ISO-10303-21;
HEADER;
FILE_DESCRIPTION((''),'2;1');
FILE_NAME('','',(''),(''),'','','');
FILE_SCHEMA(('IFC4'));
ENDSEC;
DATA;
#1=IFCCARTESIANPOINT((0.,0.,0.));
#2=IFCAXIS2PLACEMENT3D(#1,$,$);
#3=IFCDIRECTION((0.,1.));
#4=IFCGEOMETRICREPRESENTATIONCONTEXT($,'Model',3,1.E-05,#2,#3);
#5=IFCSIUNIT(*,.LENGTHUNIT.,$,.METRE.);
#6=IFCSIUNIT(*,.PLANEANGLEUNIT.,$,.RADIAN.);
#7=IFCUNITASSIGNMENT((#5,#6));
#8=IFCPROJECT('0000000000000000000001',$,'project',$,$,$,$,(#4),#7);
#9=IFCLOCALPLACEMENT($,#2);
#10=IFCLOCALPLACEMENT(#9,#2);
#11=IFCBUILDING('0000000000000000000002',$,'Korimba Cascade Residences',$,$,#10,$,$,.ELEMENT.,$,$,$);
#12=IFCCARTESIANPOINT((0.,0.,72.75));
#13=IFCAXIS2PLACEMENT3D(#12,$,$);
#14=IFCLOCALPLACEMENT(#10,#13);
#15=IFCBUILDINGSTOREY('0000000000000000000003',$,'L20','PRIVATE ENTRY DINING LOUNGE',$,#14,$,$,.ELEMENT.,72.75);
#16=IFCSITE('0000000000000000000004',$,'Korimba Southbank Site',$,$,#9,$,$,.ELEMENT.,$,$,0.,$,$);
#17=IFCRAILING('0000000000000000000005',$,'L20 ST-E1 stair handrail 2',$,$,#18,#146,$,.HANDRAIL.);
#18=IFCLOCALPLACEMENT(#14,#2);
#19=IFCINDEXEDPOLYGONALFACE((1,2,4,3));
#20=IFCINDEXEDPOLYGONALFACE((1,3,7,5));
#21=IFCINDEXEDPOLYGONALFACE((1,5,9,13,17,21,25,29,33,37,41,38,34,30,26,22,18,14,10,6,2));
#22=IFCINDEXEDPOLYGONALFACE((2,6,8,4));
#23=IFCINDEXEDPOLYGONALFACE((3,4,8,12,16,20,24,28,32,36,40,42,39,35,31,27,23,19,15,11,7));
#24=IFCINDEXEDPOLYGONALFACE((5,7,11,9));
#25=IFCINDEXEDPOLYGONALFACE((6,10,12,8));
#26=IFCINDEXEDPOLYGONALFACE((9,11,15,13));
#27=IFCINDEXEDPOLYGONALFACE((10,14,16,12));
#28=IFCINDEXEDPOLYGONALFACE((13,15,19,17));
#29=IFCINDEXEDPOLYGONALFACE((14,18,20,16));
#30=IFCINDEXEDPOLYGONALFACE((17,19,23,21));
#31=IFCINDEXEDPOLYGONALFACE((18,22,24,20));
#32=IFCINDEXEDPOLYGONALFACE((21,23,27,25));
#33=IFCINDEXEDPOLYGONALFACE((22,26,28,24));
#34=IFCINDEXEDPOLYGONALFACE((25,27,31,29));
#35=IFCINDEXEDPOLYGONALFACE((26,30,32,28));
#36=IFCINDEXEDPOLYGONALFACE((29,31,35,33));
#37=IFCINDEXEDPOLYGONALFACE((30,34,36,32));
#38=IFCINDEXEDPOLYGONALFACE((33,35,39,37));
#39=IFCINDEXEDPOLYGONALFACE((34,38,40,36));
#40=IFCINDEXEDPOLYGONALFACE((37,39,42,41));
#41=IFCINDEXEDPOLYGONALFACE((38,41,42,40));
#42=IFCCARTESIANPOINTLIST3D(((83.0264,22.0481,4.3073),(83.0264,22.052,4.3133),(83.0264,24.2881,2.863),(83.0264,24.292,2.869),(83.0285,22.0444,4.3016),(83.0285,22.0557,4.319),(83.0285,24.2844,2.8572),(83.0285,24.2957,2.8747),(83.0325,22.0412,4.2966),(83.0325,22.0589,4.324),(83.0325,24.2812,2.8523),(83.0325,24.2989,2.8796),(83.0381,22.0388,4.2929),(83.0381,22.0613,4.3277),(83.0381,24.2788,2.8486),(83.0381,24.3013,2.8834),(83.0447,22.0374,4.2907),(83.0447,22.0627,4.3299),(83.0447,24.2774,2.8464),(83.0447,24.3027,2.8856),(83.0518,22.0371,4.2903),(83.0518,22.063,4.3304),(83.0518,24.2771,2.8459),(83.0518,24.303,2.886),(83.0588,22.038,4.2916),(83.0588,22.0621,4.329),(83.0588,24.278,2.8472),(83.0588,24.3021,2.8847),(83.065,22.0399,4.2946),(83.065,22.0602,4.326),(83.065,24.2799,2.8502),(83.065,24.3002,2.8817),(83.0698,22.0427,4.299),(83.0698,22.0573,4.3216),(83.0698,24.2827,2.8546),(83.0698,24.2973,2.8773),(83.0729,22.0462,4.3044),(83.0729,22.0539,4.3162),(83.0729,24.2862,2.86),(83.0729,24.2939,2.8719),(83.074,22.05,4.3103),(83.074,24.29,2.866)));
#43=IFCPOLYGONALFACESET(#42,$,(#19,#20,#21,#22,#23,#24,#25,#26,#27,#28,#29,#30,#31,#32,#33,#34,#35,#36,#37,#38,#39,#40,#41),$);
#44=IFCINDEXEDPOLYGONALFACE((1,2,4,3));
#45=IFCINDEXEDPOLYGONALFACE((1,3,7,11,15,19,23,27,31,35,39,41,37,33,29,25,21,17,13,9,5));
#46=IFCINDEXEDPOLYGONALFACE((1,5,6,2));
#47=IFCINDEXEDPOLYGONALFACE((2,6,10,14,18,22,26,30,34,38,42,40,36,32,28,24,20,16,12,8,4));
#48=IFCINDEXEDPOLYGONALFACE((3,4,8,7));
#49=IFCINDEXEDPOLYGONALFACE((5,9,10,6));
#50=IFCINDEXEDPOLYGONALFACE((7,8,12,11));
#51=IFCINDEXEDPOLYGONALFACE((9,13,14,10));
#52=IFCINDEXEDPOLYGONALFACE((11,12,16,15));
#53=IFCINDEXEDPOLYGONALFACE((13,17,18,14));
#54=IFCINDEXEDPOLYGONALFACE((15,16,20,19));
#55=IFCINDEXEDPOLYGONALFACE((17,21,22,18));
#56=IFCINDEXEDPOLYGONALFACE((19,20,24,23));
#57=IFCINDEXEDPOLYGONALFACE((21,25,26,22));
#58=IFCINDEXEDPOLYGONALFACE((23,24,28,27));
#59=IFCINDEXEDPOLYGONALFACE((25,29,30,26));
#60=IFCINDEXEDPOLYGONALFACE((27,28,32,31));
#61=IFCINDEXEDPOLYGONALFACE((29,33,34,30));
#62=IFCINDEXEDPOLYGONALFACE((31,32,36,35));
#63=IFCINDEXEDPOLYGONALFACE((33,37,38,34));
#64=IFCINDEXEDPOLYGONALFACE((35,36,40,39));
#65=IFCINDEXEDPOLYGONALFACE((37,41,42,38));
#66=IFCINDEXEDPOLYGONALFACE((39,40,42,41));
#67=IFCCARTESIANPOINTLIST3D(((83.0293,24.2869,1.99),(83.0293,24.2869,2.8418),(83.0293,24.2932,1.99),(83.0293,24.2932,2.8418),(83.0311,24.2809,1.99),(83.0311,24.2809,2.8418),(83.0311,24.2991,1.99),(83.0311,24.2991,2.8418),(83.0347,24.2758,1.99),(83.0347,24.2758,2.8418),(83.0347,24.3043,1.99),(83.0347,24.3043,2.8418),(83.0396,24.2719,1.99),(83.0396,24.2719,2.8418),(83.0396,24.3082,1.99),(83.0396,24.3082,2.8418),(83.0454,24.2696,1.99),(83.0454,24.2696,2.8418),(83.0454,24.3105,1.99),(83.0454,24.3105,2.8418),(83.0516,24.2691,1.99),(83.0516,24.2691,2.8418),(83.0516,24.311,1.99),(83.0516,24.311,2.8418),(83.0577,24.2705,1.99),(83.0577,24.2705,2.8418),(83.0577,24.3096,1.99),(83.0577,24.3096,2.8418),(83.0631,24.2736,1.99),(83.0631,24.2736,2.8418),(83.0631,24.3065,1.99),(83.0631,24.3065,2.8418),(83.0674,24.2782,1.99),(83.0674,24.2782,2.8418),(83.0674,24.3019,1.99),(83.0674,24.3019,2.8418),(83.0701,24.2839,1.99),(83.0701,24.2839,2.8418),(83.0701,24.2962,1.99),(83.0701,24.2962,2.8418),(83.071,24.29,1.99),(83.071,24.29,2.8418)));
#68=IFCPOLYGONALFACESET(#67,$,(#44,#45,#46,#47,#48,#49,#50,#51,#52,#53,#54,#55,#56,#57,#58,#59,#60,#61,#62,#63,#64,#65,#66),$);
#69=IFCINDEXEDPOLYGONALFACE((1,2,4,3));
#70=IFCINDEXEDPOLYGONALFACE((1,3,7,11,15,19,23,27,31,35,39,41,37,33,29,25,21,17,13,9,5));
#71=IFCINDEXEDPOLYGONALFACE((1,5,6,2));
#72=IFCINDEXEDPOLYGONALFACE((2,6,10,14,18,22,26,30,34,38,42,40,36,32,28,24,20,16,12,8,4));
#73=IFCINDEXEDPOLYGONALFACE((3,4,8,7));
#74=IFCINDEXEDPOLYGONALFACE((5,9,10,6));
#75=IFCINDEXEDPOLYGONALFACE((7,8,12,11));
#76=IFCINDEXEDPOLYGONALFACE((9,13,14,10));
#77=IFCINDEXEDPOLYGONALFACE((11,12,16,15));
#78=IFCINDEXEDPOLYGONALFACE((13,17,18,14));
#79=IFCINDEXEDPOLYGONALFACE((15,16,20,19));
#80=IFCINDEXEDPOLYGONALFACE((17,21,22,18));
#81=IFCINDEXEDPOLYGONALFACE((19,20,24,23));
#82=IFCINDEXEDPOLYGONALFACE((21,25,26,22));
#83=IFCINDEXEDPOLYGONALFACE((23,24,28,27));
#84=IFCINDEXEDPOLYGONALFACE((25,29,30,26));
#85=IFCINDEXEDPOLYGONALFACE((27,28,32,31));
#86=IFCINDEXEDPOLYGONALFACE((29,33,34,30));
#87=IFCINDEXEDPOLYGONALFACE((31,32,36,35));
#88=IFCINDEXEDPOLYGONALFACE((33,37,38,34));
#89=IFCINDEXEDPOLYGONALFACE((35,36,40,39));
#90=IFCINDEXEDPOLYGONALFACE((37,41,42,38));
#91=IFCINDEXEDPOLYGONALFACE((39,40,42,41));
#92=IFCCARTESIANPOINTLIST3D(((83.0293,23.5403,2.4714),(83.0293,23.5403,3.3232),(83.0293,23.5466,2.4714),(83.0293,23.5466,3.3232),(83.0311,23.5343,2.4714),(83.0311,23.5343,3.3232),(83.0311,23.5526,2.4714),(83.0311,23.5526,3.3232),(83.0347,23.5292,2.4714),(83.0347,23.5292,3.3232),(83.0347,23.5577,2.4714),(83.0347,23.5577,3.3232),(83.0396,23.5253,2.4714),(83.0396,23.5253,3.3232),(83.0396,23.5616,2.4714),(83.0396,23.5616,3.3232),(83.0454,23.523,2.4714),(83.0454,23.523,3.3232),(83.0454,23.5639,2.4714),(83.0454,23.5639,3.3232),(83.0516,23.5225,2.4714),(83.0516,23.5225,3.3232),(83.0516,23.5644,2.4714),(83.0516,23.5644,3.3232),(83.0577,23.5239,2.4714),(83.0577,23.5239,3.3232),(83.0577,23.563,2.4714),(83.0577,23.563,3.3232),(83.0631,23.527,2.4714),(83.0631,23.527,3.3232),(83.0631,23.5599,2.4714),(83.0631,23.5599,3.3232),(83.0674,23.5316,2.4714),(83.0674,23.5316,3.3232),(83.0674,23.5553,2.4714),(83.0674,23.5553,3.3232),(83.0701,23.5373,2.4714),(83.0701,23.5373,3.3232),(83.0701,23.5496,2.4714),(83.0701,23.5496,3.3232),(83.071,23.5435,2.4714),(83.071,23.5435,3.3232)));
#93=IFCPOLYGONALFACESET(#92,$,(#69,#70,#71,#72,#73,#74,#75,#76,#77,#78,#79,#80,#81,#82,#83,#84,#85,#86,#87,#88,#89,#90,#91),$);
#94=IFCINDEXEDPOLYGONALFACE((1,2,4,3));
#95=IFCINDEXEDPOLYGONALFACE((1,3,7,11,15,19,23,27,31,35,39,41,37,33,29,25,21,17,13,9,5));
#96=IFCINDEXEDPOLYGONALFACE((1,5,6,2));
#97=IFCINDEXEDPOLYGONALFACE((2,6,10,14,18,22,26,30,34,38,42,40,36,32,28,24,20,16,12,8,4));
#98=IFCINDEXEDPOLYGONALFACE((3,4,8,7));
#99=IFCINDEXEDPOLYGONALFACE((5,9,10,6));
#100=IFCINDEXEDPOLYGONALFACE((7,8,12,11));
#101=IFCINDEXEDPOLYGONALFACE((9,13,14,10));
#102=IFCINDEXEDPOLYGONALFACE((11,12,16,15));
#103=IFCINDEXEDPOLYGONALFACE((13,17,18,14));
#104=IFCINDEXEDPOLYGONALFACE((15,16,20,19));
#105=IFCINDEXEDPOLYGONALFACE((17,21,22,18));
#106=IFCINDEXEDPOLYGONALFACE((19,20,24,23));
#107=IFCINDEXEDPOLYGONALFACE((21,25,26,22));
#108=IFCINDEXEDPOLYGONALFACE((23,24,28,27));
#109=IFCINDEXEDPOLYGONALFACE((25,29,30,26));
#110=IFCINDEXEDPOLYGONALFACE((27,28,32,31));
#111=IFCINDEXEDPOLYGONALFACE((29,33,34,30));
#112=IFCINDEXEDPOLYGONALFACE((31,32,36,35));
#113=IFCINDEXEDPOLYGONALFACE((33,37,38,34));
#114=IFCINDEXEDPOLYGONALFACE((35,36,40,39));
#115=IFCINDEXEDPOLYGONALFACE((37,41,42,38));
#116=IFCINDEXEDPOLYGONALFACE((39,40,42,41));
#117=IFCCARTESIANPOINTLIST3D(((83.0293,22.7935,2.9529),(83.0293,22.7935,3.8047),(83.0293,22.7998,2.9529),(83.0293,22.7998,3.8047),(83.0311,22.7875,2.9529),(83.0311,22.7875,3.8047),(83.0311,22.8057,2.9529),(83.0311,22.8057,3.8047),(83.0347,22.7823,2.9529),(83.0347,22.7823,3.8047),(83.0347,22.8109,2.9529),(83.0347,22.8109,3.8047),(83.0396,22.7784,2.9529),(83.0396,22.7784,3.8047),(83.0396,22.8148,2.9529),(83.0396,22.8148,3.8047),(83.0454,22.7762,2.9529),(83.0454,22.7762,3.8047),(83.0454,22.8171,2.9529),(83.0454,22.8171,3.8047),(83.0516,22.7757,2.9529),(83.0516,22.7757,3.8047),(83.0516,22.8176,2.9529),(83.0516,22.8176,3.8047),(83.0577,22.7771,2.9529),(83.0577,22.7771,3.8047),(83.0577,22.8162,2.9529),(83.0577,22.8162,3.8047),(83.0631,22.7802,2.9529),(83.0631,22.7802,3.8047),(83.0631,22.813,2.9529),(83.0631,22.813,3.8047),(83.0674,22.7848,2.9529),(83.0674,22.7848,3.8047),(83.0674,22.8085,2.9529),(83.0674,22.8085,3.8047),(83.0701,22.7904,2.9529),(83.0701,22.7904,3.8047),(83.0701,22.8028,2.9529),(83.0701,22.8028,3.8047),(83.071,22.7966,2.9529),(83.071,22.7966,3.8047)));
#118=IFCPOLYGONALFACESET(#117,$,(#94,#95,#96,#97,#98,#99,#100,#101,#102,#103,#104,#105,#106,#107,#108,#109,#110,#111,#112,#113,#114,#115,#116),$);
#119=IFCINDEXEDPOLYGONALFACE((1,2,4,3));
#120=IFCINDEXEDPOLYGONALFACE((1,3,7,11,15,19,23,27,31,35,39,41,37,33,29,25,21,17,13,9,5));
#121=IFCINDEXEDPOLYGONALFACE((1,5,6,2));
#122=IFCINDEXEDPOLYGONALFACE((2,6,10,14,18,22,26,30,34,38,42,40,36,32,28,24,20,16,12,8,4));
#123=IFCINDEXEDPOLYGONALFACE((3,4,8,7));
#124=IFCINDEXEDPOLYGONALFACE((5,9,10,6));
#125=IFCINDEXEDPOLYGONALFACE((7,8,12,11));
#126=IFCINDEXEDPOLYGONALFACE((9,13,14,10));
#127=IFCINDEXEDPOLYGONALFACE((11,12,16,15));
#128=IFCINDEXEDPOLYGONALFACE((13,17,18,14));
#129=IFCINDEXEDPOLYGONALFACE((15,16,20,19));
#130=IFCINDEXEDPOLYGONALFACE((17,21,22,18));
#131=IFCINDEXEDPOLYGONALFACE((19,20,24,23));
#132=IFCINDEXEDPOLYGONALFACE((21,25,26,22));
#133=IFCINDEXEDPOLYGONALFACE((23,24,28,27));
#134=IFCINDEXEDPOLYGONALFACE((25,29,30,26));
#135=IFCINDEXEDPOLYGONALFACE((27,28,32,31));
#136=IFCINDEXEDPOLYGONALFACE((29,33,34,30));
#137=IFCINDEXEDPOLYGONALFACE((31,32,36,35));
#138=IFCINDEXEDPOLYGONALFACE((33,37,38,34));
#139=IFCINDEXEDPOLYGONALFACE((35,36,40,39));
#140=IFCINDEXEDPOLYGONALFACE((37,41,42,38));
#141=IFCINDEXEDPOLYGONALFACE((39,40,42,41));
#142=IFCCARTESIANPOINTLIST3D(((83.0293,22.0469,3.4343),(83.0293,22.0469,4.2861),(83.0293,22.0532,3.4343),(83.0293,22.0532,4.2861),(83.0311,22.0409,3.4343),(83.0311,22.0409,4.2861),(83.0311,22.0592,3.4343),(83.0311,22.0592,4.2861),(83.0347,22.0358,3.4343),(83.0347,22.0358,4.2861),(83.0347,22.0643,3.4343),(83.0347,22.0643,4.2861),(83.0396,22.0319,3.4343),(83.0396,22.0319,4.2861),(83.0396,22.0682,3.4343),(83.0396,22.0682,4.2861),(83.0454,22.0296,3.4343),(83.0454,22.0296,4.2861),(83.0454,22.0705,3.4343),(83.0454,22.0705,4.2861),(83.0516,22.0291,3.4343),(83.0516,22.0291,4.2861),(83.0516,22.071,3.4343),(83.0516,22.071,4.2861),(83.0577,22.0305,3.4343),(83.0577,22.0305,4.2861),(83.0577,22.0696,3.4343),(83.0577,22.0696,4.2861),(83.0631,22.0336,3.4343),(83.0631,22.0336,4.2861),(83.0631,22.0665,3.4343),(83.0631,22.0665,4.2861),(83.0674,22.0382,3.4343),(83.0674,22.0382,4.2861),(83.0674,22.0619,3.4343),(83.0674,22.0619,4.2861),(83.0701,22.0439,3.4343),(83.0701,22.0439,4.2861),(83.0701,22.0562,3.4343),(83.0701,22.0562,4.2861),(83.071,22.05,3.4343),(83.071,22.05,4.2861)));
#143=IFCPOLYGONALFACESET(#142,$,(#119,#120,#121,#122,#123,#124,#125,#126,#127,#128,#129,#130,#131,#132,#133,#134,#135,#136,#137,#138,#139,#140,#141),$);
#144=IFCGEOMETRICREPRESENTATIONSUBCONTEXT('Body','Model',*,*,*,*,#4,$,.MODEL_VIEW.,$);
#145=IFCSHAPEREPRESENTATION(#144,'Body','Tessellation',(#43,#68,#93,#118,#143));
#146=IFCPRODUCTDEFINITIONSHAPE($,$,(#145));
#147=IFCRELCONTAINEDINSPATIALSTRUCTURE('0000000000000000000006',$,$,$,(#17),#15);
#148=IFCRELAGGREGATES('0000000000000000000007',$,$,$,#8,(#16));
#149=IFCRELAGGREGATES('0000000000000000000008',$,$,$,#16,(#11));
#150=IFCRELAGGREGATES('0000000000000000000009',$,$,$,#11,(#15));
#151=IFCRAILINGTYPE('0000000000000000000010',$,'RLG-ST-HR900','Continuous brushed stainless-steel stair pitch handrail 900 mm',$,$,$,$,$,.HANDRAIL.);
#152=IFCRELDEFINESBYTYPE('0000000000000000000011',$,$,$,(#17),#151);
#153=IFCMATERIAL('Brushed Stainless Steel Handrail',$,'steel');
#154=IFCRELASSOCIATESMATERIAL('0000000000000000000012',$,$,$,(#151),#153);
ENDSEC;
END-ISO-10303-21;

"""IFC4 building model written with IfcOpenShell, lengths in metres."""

from ifc_helpers import new_model, si_unit, direction, frame, origin, origin_2d, place, context, subcontext, project, spatial, circle, extrude, material, type_object, element, save


model = new_model("IFC4")

# Units and contexts
model_context = context("Model", 3, precision=1e-05, world=origin(), true_north=direction((0.0, 1.0)))
body_context = subcontext(model_context, "Body", "Model", "MODEL_VIEW")
ifc_project = project(units=[si_unit("LENGTHUNIT", "METRE"), si_unit("PLANEANGLEUNIT", "RADIAN")], contexts=[model_context])

# Site, building, storey
site_placement = place(None, origin())
site = spatial("IfcSite", under=ifc_project, at=site_placement, Name="Korimba Southbank Site", CompositionType="ELEMENT", RefElevation=0.0)
building_placement = place(site_placement, origin())
building = spatial("IfcBuilding", under=site, at=building_placement, Name="Korimba Cascade Residences", CompositionType="ELEMENT")
storey_placement = place(building_placement, frame((0.0, 0.0, 72.75)))
storey = spatial("IfcBuildingStorey", under=building, at=storey_placement, Name="L20", Description="PRIVATE ENTRY DINING LOUNGE", CompositionType="ELEMENT", Elevation=72.75)

# Railing
ifc_material_1 = material(Name="Brushed Stainless Steel Handrail", Category="steel")
railing_type_1 = type_object("IfcRailingType", Name="RLG-ST-HR900", Description="Continuous brushed stainless-steel stair pitch handrail 900 mm", PredefinedType="HANDRAIL", material=ifc_material_1)
railing_1_placement = place(storey_placement, frame((83.05, 24.29, 1.99)))
element("IfcRailing", 1, at=railing_1_placement, inside=storey, type_object=railing_type_1, Name="L20 ST-E1 stair handrail 2", PredefinedType="HANDRAIL", context=body_context, shape_type="SweptSolid", body=[
    extrude(circle(Radius=0.0239, at=origin_2d()), frame((0.0, 0.0, 0.876), z_axis=(0.0, -0.840437, 0.54191), x_axis=(1.0, 0.0, 0.0)), (0.0, 0.0, 1.0), 2.6653),
    extrude(circle(Radius=0.021, at=origin_2d()), origin(), (0.0, 0.0, 1.0), 0.8518),
    extrude(circle(Radius=0.021, at=origin_2d()), frame((0.0, -0.7466, 0.4814)), (0.0, 0.0, 1.0), 0.8518),
    extrude(circle(Radius=0.021, at=origin_2d()), frame((0.0, -1.4934, 0.9629)), (0.0, 0.0, 1.0), 0.8518),
    extrude(circle(Radius=0.021, at=origin_2d()), frame((0.0, -2.24, 1.4443)), (0.0, 0.0, 1.0), 0.8518),
])

save(model, "model.ifc")
